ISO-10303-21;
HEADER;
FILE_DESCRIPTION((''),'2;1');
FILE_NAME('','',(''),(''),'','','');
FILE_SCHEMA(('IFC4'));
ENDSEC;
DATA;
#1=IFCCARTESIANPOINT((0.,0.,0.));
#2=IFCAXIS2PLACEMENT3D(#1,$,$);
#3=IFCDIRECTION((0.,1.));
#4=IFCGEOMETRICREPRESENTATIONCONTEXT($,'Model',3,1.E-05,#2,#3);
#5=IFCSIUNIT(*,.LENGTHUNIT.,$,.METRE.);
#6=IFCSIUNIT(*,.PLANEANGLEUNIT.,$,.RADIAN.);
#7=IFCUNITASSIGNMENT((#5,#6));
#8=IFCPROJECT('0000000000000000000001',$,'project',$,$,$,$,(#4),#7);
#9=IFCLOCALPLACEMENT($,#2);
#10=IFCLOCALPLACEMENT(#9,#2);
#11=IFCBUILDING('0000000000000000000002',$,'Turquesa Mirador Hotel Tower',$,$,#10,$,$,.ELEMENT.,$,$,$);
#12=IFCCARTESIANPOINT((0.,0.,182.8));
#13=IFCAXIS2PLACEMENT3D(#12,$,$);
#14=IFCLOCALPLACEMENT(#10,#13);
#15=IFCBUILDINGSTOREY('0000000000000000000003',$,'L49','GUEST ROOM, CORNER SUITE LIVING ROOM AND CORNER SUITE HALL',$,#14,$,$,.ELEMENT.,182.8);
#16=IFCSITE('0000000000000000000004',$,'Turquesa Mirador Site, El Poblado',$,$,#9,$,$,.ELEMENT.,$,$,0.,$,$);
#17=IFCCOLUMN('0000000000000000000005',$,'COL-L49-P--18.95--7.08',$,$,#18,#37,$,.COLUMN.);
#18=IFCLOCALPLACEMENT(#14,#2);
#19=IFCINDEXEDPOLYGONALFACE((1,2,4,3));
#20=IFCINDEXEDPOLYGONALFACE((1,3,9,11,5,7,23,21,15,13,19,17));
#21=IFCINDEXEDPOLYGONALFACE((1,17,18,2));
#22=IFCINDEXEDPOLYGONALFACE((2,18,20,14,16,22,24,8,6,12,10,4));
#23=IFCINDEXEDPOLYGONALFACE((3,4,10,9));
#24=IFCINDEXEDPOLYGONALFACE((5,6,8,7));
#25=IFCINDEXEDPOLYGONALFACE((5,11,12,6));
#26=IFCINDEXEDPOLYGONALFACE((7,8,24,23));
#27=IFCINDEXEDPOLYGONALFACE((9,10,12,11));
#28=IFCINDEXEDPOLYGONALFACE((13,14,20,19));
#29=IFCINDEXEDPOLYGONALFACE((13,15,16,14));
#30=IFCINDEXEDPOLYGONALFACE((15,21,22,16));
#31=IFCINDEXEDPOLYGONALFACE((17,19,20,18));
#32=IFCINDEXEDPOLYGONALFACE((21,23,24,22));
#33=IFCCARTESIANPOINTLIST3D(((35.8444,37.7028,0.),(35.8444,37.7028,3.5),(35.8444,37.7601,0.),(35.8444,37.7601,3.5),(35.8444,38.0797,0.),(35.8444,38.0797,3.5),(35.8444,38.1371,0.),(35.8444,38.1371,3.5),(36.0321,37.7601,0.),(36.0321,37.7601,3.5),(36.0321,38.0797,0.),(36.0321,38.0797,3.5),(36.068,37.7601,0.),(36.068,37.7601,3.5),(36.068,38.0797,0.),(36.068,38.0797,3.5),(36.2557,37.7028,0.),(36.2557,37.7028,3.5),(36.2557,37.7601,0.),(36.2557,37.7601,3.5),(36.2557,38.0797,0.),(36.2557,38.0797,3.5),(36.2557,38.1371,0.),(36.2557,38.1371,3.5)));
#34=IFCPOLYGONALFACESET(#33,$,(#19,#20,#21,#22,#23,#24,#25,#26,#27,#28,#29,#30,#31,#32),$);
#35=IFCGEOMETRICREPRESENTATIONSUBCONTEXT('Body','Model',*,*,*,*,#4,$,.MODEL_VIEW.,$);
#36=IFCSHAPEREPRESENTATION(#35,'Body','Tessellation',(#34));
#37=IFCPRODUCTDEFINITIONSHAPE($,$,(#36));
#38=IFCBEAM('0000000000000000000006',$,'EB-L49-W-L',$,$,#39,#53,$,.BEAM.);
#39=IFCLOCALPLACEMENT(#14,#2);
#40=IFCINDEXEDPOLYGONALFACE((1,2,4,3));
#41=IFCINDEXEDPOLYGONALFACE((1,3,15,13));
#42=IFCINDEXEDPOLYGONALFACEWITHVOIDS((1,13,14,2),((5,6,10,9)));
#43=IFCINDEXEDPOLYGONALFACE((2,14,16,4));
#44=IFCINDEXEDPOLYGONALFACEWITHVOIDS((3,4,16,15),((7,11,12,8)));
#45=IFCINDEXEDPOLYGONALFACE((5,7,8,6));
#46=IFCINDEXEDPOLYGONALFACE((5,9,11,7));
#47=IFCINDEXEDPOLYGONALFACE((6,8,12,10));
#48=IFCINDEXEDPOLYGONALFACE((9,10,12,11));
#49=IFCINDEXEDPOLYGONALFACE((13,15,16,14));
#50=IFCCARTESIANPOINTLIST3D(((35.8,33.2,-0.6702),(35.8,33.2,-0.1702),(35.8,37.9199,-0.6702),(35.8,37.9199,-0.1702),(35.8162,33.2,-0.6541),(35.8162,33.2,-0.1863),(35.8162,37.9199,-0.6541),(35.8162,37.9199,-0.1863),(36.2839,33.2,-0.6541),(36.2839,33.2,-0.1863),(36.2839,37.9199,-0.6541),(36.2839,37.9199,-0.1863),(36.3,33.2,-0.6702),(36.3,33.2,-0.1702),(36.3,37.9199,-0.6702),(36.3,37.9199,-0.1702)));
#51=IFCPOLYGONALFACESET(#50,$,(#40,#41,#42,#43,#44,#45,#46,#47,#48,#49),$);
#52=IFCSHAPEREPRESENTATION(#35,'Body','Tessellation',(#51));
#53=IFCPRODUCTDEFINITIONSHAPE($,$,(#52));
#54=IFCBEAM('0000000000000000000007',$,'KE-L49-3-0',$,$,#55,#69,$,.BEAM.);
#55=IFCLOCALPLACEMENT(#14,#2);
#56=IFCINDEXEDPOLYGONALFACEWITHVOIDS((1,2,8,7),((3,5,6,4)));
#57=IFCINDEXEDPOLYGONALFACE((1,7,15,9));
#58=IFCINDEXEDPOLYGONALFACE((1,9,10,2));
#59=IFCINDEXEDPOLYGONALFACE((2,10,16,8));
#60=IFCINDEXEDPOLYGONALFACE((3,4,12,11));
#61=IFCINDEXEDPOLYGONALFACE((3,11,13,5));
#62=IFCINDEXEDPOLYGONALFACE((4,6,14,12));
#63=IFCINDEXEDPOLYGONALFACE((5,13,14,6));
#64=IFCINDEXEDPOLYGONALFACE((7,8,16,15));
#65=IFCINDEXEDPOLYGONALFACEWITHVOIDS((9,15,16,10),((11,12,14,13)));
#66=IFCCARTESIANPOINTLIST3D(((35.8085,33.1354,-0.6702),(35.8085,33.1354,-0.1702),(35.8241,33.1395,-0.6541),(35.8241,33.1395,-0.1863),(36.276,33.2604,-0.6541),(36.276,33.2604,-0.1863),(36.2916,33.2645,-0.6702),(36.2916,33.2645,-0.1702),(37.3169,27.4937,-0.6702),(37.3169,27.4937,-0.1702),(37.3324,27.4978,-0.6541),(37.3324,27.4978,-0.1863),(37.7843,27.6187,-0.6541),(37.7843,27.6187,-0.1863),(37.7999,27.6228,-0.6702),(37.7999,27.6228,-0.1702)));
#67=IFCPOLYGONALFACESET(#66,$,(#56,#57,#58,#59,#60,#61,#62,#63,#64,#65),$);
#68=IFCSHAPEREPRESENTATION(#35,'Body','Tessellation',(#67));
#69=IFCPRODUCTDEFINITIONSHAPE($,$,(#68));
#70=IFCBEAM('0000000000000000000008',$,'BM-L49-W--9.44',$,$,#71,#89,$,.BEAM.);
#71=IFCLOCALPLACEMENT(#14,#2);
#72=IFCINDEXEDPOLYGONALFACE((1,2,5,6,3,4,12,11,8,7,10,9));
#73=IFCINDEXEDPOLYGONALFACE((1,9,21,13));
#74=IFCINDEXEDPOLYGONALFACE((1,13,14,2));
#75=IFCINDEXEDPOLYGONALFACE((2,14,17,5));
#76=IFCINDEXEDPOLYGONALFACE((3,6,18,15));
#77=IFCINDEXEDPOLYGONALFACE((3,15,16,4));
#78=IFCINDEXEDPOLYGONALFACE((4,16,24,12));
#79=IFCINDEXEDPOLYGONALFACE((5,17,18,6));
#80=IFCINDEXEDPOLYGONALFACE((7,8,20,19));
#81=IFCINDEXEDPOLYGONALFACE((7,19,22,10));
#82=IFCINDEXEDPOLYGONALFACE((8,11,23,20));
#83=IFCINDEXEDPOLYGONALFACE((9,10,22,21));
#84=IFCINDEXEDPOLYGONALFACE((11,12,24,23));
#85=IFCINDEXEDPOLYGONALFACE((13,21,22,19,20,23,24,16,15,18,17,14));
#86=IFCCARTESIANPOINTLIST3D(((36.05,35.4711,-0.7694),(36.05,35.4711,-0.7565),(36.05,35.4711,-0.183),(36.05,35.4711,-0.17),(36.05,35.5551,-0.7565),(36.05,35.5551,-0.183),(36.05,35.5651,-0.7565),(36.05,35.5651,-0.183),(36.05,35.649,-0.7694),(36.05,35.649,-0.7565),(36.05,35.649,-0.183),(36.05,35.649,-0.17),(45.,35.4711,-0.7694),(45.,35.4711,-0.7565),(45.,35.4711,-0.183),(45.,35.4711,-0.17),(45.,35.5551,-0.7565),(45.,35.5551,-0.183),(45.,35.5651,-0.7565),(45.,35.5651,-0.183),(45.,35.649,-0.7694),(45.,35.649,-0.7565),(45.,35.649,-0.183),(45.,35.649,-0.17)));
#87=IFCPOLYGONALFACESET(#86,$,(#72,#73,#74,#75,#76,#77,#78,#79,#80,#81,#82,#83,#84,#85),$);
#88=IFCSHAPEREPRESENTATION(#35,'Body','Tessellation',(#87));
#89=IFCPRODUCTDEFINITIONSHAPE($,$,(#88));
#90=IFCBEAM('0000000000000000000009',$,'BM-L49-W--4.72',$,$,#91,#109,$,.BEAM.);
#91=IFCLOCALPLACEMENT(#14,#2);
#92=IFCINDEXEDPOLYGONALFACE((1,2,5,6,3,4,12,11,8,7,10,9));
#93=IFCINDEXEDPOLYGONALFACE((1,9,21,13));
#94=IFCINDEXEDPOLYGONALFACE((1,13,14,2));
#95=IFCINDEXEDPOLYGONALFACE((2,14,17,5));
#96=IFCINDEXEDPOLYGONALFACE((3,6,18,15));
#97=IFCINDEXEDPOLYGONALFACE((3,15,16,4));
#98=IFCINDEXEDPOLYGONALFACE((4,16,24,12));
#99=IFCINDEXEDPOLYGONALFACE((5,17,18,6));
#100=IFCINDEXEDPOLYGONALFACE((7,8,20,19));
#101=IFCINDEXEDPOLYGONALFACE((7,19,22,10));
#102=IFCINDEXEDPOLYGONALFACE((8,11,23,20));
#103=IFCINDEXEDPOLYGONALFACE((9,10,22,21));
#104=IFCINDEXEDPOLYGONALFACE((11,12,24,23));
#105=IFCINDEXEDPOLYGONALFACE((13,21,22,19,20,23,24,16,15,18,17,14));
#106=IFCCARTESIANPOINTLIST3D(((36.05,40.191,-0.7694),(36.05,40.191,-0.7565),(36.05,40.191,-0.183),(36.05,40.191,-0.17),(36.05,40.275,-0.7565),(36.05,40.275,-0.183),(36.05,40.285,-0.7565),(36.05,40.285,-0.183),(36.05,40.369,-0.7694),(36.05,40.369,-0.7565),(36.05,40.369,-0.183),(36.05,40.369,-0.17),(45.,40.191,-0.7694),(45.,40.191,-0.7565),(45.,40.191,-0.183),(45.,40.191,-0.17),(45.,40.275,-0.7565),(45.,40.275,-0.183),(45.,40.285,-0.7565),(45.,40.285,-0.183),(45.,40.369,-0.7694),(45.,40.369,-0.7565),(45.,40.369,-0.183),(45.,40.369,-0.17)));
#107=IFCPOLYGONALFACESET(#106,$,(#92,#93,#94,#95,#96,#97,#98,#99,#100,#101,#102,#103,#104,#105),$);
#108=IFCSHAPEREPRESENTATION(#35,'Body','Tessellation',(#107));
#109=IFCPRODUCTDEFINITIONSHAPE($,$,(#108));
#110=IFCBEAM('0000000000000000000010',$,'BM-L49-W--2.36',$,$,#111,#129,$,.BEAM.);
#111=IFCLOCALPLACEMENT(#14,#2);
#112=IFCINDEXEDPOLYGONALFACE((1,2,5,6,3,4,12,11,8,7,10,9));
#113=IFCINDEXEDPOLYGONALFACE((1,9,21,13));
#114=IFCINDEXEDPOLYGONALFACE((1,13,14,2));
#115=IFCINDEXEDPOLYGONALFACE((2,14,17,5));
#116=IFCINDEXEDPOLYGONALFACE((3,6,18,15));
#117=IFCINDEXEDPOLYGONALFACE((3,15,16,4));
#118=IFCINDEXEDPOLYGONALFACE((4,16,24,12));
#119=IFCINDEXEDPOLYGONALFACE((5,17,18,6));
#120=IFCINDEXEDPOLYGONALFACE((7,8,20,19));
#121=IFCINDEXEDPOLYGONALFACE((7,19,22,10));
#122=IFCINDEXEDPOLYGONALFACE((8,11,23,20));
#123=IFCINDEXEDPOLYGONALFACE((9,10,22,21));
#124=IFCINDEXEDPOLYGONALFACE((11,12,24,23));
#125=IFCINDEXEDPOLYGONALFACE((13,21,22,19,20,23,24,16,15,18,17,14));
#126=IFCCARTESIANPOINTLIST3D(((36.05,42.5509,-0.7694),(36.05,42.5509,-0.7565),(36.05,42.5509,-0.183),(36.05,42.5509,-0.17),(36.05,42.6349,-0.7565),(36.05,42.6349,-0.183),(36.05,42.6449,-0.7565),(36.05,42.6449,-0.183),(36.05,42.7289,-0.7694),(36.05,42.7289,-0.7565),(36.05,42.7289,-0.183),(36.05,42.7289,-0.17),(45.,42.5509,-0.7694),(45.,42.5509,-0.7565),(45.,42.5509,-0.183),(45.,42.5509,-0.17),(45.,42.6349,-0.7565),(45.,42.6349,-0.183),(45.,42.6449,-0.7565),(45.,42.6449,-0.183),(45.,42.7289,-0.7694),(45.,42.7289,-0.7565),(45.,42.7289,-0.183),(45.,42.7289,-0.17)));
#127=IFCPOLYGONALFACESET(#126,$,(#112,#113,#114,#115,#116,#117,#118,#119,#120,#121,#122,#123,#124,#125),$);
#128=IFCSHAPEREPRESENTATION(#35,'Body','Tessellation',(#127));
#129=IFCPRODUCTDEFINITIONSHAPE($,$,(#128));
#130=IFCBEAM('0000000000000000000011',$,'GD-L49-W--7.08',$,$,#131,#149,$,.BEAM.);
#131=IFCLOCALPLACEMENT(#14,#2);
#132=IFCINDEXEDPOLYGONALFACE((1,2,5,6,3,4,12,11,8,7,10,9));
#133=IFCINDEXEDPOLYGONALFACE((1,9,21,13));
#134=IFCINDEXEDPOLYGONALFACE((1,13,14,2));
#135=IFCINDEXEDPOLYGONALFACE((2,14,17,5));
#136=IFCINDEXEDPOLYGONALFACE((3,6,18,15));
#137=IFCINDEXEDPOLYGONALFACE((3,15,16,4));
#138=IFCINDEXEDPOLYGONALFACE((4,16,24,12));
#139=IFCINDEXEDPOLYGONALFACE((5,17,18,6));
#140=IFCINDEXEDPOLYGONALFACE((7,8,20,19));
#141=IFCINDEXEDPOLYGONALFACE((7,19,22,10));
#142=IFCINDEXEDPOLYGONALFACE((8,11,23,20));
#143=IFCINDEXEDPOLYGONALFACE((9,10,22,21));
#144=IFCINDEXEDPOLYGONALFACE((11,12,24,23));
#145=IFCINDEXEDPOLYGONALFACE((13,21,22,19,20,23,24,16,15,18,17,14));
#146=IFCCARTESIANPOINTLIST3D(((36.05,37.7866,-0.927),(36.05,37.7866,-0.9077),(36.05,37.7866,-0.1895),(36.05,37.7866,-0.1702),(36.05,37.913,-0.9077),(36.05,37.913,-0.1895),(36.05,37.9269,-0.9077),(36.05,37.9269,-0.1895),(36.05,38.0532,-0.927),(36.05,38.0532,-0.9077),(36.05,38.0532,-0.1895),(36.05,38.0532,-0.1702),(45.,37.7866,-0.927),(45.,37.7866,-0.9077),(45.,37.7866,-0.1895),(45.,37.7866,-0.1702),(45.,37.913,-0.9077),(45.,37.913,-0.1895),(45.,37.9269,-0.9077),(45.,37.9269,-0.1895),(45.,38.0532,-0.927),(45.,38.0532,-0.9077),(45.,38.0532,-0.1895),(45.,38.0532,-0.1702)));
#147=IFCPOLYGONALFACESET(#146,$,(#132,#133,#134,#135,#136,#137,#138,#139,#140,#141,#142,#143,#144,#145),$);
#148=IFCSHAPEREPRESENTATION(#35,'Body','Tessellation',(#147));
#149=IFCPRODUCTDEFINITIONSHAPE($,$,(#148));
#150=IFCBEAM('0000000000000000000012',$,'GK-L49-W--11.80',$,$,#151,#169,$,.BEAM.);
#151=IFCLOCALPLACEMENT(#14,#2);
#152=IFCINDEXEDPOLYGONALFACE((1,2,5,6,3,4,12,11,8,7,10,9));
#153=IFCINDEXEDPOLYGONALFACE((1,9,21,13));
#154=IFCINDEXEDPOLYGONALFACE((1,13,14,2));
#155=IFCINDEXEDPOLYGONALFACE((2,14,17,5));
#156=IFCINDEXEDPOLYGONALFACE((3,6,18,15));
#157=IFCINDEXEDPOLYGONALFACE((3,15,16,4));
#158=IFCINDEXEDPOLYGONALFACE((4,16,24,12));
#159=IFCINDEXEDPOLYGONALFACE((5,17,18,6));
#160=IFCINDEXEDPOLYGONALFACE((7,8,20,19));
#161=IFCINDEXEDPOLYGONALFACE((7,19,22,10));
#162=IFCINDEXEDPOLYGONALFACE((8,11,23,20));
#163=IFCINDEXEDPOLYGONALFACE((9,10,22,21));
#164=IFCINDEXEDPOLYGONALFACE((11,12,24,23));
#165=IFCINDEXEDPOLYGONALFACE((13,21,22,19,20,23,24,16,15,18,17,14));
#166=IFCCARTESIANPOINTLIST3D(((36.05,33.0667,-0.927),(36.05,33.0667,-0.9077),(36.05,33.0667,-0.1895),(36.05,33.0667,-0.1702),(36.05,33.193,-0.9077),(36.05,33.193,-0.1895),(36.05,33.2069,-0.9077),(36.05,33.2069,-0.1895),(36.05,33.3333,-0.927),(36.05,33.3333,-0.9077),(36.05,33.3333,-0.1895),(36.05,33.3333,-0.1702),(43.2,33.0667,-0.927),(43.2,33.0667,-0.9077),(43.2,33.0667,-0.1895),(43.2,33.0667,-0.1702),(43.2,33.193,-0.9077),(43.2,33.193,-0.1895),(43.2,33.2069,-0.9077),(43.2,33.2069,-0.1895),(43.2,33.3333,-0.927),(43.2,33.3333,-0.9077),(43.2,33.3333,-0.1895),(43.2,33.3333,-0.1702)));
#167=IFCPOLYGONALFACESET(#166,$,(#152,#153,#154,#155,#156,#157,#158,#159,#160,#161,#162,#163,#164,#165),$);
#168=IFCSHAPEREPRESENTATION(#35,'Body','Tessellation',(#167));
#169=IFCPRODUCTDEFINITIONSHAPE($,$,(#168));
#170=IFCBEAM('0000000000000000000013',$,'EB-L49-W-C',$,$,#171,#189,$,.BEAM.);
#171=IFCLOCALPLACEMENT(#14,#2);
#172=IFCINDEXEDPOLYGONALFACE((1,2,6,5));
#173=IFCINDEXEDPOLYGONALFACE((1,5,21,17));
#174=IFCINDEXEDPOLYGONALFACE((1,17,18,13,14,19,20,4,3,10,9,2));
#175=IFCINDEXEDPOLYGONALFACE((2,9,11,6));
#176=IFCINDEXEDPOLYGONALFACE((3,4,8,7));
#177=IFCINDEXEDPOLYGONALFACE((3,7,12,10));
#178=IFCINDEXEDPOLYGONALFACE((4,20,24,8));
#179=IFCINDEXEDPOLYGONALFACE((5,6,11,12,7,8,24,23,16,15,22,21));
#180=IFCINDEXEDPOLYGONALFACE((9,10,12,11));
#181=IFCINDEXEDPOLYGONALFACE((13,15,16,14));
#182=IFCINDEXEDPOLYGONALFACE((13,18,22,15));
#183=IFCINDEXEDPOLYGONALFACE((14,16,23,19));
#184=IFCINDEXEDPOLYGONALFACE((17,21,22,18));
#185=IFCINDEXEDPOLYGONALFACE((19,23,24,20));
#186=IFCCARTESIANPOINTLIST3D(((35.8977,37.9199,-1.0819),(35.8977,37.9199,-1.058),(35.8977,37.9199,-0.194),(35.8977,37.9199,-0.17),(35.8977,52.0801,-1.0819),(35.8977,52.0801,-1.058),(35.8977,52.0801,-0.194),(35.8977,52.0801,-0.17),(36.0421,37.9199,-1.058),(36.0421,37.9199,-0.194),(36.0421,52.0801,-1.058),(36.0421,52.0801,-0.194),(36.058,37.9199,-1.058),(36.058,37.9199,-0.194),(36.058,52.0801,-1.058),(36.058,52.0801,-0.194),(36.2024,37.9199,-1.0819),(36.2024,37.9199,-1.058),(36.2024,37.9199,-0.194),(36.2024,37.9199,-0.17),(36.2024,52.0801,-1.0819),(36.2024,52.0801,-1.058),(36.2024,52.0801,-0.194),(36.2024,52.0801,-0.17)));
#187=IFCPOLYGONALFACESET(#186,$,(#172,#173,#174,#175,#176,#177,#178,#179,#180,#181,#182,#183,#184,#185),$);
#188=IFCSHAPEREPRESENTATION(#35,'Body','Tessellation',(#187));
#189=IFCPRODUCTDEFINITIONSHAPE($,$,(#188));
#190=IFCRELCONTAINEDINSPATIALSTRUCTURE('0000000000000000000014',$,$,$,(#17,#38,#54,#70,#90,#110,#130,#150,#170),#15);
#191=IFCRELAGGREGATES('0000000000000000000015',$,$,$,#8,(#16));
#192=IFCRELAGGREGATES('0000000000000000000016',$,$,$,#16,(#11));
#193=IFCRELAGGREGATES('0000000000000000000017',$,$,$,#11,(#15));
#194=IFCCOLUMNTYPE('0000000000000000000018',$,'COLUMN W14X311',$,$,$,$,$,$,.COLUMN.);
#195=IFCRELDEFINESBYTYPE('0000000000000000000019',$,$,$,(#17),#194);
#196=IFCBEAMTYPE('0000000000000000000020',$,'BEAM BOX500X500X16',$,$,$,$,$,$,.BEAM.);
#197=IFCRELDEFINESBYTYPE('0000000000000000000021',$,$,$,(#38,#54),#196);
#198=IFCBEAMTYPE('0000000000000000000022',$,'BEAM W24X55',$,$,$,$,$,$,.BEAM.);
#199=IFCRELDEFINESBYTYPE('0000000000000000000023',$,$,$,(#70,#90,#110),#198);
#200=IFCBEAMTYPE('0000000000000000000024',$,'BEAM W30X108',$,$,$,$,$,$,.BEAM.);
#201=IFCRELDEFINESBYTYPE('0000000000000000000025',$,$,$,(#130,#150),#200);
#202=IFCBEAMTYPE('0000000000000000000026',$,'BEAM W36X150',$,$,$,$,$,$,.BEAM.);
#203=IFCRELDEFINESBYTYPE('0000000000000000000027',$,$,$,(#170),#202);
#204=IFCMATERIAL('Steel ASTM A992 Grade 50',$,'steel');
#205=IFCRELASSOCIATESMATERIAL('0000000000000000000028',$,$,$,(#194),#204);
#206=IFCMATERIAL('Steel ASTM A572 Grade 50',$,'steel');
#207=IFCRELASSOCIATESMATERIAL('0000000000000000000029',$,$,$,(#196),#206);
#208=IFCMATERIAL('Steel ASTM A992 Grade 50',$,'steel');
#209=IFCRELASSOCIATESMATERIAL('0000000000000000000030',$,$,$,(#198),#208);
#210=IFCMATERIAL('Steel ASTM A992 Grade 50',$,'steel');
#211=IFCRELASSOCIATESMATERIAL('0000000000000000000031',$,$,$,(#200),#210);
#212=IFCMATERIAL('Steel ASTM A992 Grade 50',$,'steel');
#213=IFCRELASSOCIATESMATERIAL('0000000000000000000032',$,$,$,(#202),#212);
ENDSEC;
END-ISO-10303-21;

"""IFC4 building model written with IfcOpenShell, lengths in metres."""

from ifc_helpers import new_model, si_unit, direction, frame, origin, origin_2d, place, context, subcontext, project, spatial, hollow_rectangle, i_section, extrude, material, material_profile, profile_set, type_object, element, save


model = new_model("IFC4")

# Units and contexts
model_context = context("Model", 3, precision=1e-05, world=origin(), true_north=direction((0.0, 1.0)))
body_context = subcontext(model_context, "Body", "Model", "MODEL_VIEW")
ifc_project = project(units=[si_unit("LENGTHUNIT", "METRE"), si_unit("PLANEANGLEUNIT", "RADIAN")], contexts=[model_context])

# Site, building, storey
site_placement = place(None, origin())
site = spatial("IfcSite", under=ifc_project, at=site_placement, Name="Turquesa Mirador Site, El Poblado", CompositionType="ELEMENT", RefElevation=0.0)
building_placement = place(site_placement, origin())
building = spatial("IfcBuilding", under=site, at=building_placement, Name="Turquesa Mirador Hotel Tower", CompositionType="ELEMENT")
storey_placement = place(building_placement, frame((0.0, 0.0, 182.8)))
storey = spatial("IfcBuildingStorey", under=building, at=storey_placement, Name="L49", Description="GUEST ROOM, CORNER SUITE LIVING ROOM AND CORNER SUITE HALL", CompositionType="ELEMENT", Elevation=182.8)

# Column
ifc_material_1 = material(Name="Steel ASTM A992 Grade 50", Category="steel")
ifc_material_profile_1 = material_profile(ifc_material_1, i_section(OverallWidth=0.4114, OverallDepth=0.4343, WebThickness=0.0359, FlangeThickness=0.0574, at=origin_2d()), Name="W14X311")
ifc_profile_set_1 = profile_set([ifc_material_profile_1], Name="Steel ASTM A992 Grade 50")
column_type = type_object("IfcColumnType", Name="COLUMN W14X311", PredefinedType="COLUMN", material=ifc_profile_set_1)
column_placement = place(storey_placement, frame((36.05, 37.9199, 0.0), z_axis=(0.0, 0.0, 1.0), x_axis=(1.0, 0.0, 0.0)))
element("IfcColumn", 1, at=column_placement, inside=storey, type_object=column_type, Name="COL-L49-P--18.95--7.08", PredefinedType="COLUMN", context=body_context, shape_type="SweptSolid", body=[
    extrude(i_section(OverallWidth=0.4114, OverallDepth=0.4343, WebThickness=0.0359, FlangeThickness=0.0574, at=origin_2d()), origin(), (0.0, 0.0, 1.0), 3.5),
])

# Beams
ifc_material_2 = material(Name="Steel ASTM A572 Grade 50", Category="steel")
ifc_material_profile_2 = material_profile(ifc_material_2, hollow_rectangle(XDim=0.5, YDim=0.5, WallThickness=0.0161, at=origin_2d()), Name="BOX500X500X16")
ifc_profile_set_2 = profile_set([ifc_material_profile_2], Name="Steel ASTM A572 Grade 50")
beam_type_1 = type_object("IfcBeamType", Name="BEAM BOX500X500X16", PredefinedType="BEAM", material=ifc_profile_set_2)
beam_1_placement = place(storey_placement, frame((36.05, 33.2, -0.4202), z_axis=(0.0, 1.0, 0.0), x_axis=(-1.0, 0.0, 0.0)))
element("IfcBeam", 2, at=beam_1_placement, inside=storey, type_object=beam_type_1, Name="EB-L49-W-L", PredefinedType="BEAM", context=body_context, shape_type="SweptSolid", body=[
    extrude(hollow_rectangle(XDim=0.5, YDim=0.5, WallThickness=0.0161, at=origin_2d()), origin(), (0.0, 0.0, 1.0), 4.72),
])
beam_2_placement = place(storey_placement, frame((36.05, 33.2, -0.4202), z_axis=(0.258282, -0.96607, 0.0), x_axis=(0.96607, 0.258282, 0.0)))
element("IfcBeam", 3, at=beam_2_placement, inside=storey, type_object=beam_type_1, Name="KE-L49-3-0", PredefinedType="BEAM", context=body_context, shape_type="SweptSolid", body=[
    extrude(hollow_rectangle(XDim=0.5, YDim=0.5, WallThickness=0.0161, at=origin_2d()), origin(), (0.0, 0.0, 1.0), 5.8398),
])
ifc_material_3 = material(Name="Steel ASTM A992 Grade 50", Category="steel")
ifc_material_profile_3 = material_profile(ifc_material_3, i_section(OverallWidth=0.178, OverallDepth=0.5994, WebThickness=0.01, FlangeThickness=0.0129, at=origin_2d()), Name="W24X55")
ifc_profile_set_3 = profile_set([ifc_material_profile_3], Name="Steel ASTM A992 Grade 50")
beam_type_2 = type_object("IfcBeamType", Name="BEAM W24X55", PredefinedType="BEAM", material=ifc_profile_set_3)
for number, where, z_axis, x_axis, name in (
    (4, (36.05, 35.5601, -0.4697), (1.0, 0.0, 0.0), (0.0, 1.0, 0.0), "BM-L49-W--9.44"),
    (5, (36.05, 40.28, -0.4697), (1.0, 0.0, 0.0), (0.0, 1.0, 0.0), "BM-L49-W--4.72"),
    (6, (36.05, 42.6399, -0.4697), (1.0, 0.0, 0.0), (0.0, 1.0, 0.0), "BM-L49-W--2.36"),
):
    element("IfcBeam", number, at=place(storey_placement, frame(where, z_axis=z_axis, x_axis=x_axis)), inside=storey, type_object=beam_type_2, Name=name, PredefinedType="BEAM", context=body_context, shape_type="SweptSolid", body=[
        extrude(i_section(OverallWidth=0.178, OverallDepth=0.5994, WebThickness=0.01, FlangeThickness=0.0129, at=origin_2d()), origin(), (0.0, 0.0, 1.0), 8.95),
    ])
ifc_material_4 = material(Name="Steel ASTM A992 Grade 50", Category="steel")
ifc_material_profile_4 = material_profile(ifc_material_4, i_section(OverallWidth=0.2666, OverallDepth=0.7568, WebThickness=0.0139, FlangeThickness=0.0193, at=origin_2d()), Name="W30X108")
ifc_profile_set_4 = profile_set([ifc_material_profile_4], Name="Steel ASTM A992 Grade 50")
beam_type_3 = type_object("IfcBeamType", Name="BEAM W30X108", PredefinedType="BEAM", material=ifc_profile_set_4)
beam_3_placement = place(storey_placement, frame((36.05, 37.9199, -0.5486), z_axis=(1.0, 0.0, 0.0), x_axis=(0.0, 1.0, 0.0)))
element("IfcBeam", 7, at=beam_3_placement, inside=storey, type_object=beam_type_3, Name="GD-L49-W--7.08", PredefinedType="BEAM", context=body_context, shape_type="SweptSolid", body=[
    extrude(i_section(OverallWidth=0.2666, OverallDepth=0.7568, WebThickness=0.0139, FlangeThickness=0.0193, at=origin_2d()), origin(), (0.0, 0.0, 1.0), 8.95),
])
beam_4_placement = place(storey_placement, frame((36.05, 33.2, -0.5486), z_axis=(1.0, 0.0, 0.0), x_axis=(0.0, 1.0, 0.0)))
element("IfcBeam", 8, at=beam_4_placement, inside=storey, type_object=beam_type_3, Name="GK-L49-W--11.80", PredefinedType="BEAM", context=body_context, shape_type="SweptSolid", body=[
    extrude(i_section(OverallWidth=0.2666, OverallDepth=0.7568, WebThickness=0.0139, FlangeThickness=0.0193, at=origin_2d()), origin(), (0.0, 0.0, 1.0), 7.1499),
])
ifc_material_5 = material(Name="Steel ASTM A992 Grade 50", Category="steel")
ifc_material_profile_5 = material_profile(ifc_material_5, i_section(OverallWidth=0.3047, OverallDepth=0.9119, WebThickness=0.0159, FlangeThickness=0.0239, at=origin_2d()), Name="W36X150")
ifc_profile_set_5 = profile_set([ifc_material_profile_5], Name="Steel ASTM A992 Grade 50")
beam_type_4 = type_object("IfcBeamType", Name="BEAM W36X150", PredefinedType="BEAM", material=ifc_profile_set_5)
beam_5_placement = place(storey_placement, frame((36.05, 37.9199, -0.626), z_axis=(0.0, 1.0, 0.0), x_axis=(-1.0, 0.0, 0.0)))
element("IfcBeam", 9, at=beam_5_placement, inside=storey, type_object=beam_type_4, Name="EB-L49-W-C", PredefinedType="BEAM", context=body_context, shape_type="SweptSolid", body=[
    extrude(i_section(OverallWidth=0.3047, OverallDepth=0.9119, WebThickness=0.0159, FlangeThickness=0.0239, at=origin_2d()), origin(), (0.0, 0.0, 1.0), 14.1602),
])

save(model, "model.ifc")
